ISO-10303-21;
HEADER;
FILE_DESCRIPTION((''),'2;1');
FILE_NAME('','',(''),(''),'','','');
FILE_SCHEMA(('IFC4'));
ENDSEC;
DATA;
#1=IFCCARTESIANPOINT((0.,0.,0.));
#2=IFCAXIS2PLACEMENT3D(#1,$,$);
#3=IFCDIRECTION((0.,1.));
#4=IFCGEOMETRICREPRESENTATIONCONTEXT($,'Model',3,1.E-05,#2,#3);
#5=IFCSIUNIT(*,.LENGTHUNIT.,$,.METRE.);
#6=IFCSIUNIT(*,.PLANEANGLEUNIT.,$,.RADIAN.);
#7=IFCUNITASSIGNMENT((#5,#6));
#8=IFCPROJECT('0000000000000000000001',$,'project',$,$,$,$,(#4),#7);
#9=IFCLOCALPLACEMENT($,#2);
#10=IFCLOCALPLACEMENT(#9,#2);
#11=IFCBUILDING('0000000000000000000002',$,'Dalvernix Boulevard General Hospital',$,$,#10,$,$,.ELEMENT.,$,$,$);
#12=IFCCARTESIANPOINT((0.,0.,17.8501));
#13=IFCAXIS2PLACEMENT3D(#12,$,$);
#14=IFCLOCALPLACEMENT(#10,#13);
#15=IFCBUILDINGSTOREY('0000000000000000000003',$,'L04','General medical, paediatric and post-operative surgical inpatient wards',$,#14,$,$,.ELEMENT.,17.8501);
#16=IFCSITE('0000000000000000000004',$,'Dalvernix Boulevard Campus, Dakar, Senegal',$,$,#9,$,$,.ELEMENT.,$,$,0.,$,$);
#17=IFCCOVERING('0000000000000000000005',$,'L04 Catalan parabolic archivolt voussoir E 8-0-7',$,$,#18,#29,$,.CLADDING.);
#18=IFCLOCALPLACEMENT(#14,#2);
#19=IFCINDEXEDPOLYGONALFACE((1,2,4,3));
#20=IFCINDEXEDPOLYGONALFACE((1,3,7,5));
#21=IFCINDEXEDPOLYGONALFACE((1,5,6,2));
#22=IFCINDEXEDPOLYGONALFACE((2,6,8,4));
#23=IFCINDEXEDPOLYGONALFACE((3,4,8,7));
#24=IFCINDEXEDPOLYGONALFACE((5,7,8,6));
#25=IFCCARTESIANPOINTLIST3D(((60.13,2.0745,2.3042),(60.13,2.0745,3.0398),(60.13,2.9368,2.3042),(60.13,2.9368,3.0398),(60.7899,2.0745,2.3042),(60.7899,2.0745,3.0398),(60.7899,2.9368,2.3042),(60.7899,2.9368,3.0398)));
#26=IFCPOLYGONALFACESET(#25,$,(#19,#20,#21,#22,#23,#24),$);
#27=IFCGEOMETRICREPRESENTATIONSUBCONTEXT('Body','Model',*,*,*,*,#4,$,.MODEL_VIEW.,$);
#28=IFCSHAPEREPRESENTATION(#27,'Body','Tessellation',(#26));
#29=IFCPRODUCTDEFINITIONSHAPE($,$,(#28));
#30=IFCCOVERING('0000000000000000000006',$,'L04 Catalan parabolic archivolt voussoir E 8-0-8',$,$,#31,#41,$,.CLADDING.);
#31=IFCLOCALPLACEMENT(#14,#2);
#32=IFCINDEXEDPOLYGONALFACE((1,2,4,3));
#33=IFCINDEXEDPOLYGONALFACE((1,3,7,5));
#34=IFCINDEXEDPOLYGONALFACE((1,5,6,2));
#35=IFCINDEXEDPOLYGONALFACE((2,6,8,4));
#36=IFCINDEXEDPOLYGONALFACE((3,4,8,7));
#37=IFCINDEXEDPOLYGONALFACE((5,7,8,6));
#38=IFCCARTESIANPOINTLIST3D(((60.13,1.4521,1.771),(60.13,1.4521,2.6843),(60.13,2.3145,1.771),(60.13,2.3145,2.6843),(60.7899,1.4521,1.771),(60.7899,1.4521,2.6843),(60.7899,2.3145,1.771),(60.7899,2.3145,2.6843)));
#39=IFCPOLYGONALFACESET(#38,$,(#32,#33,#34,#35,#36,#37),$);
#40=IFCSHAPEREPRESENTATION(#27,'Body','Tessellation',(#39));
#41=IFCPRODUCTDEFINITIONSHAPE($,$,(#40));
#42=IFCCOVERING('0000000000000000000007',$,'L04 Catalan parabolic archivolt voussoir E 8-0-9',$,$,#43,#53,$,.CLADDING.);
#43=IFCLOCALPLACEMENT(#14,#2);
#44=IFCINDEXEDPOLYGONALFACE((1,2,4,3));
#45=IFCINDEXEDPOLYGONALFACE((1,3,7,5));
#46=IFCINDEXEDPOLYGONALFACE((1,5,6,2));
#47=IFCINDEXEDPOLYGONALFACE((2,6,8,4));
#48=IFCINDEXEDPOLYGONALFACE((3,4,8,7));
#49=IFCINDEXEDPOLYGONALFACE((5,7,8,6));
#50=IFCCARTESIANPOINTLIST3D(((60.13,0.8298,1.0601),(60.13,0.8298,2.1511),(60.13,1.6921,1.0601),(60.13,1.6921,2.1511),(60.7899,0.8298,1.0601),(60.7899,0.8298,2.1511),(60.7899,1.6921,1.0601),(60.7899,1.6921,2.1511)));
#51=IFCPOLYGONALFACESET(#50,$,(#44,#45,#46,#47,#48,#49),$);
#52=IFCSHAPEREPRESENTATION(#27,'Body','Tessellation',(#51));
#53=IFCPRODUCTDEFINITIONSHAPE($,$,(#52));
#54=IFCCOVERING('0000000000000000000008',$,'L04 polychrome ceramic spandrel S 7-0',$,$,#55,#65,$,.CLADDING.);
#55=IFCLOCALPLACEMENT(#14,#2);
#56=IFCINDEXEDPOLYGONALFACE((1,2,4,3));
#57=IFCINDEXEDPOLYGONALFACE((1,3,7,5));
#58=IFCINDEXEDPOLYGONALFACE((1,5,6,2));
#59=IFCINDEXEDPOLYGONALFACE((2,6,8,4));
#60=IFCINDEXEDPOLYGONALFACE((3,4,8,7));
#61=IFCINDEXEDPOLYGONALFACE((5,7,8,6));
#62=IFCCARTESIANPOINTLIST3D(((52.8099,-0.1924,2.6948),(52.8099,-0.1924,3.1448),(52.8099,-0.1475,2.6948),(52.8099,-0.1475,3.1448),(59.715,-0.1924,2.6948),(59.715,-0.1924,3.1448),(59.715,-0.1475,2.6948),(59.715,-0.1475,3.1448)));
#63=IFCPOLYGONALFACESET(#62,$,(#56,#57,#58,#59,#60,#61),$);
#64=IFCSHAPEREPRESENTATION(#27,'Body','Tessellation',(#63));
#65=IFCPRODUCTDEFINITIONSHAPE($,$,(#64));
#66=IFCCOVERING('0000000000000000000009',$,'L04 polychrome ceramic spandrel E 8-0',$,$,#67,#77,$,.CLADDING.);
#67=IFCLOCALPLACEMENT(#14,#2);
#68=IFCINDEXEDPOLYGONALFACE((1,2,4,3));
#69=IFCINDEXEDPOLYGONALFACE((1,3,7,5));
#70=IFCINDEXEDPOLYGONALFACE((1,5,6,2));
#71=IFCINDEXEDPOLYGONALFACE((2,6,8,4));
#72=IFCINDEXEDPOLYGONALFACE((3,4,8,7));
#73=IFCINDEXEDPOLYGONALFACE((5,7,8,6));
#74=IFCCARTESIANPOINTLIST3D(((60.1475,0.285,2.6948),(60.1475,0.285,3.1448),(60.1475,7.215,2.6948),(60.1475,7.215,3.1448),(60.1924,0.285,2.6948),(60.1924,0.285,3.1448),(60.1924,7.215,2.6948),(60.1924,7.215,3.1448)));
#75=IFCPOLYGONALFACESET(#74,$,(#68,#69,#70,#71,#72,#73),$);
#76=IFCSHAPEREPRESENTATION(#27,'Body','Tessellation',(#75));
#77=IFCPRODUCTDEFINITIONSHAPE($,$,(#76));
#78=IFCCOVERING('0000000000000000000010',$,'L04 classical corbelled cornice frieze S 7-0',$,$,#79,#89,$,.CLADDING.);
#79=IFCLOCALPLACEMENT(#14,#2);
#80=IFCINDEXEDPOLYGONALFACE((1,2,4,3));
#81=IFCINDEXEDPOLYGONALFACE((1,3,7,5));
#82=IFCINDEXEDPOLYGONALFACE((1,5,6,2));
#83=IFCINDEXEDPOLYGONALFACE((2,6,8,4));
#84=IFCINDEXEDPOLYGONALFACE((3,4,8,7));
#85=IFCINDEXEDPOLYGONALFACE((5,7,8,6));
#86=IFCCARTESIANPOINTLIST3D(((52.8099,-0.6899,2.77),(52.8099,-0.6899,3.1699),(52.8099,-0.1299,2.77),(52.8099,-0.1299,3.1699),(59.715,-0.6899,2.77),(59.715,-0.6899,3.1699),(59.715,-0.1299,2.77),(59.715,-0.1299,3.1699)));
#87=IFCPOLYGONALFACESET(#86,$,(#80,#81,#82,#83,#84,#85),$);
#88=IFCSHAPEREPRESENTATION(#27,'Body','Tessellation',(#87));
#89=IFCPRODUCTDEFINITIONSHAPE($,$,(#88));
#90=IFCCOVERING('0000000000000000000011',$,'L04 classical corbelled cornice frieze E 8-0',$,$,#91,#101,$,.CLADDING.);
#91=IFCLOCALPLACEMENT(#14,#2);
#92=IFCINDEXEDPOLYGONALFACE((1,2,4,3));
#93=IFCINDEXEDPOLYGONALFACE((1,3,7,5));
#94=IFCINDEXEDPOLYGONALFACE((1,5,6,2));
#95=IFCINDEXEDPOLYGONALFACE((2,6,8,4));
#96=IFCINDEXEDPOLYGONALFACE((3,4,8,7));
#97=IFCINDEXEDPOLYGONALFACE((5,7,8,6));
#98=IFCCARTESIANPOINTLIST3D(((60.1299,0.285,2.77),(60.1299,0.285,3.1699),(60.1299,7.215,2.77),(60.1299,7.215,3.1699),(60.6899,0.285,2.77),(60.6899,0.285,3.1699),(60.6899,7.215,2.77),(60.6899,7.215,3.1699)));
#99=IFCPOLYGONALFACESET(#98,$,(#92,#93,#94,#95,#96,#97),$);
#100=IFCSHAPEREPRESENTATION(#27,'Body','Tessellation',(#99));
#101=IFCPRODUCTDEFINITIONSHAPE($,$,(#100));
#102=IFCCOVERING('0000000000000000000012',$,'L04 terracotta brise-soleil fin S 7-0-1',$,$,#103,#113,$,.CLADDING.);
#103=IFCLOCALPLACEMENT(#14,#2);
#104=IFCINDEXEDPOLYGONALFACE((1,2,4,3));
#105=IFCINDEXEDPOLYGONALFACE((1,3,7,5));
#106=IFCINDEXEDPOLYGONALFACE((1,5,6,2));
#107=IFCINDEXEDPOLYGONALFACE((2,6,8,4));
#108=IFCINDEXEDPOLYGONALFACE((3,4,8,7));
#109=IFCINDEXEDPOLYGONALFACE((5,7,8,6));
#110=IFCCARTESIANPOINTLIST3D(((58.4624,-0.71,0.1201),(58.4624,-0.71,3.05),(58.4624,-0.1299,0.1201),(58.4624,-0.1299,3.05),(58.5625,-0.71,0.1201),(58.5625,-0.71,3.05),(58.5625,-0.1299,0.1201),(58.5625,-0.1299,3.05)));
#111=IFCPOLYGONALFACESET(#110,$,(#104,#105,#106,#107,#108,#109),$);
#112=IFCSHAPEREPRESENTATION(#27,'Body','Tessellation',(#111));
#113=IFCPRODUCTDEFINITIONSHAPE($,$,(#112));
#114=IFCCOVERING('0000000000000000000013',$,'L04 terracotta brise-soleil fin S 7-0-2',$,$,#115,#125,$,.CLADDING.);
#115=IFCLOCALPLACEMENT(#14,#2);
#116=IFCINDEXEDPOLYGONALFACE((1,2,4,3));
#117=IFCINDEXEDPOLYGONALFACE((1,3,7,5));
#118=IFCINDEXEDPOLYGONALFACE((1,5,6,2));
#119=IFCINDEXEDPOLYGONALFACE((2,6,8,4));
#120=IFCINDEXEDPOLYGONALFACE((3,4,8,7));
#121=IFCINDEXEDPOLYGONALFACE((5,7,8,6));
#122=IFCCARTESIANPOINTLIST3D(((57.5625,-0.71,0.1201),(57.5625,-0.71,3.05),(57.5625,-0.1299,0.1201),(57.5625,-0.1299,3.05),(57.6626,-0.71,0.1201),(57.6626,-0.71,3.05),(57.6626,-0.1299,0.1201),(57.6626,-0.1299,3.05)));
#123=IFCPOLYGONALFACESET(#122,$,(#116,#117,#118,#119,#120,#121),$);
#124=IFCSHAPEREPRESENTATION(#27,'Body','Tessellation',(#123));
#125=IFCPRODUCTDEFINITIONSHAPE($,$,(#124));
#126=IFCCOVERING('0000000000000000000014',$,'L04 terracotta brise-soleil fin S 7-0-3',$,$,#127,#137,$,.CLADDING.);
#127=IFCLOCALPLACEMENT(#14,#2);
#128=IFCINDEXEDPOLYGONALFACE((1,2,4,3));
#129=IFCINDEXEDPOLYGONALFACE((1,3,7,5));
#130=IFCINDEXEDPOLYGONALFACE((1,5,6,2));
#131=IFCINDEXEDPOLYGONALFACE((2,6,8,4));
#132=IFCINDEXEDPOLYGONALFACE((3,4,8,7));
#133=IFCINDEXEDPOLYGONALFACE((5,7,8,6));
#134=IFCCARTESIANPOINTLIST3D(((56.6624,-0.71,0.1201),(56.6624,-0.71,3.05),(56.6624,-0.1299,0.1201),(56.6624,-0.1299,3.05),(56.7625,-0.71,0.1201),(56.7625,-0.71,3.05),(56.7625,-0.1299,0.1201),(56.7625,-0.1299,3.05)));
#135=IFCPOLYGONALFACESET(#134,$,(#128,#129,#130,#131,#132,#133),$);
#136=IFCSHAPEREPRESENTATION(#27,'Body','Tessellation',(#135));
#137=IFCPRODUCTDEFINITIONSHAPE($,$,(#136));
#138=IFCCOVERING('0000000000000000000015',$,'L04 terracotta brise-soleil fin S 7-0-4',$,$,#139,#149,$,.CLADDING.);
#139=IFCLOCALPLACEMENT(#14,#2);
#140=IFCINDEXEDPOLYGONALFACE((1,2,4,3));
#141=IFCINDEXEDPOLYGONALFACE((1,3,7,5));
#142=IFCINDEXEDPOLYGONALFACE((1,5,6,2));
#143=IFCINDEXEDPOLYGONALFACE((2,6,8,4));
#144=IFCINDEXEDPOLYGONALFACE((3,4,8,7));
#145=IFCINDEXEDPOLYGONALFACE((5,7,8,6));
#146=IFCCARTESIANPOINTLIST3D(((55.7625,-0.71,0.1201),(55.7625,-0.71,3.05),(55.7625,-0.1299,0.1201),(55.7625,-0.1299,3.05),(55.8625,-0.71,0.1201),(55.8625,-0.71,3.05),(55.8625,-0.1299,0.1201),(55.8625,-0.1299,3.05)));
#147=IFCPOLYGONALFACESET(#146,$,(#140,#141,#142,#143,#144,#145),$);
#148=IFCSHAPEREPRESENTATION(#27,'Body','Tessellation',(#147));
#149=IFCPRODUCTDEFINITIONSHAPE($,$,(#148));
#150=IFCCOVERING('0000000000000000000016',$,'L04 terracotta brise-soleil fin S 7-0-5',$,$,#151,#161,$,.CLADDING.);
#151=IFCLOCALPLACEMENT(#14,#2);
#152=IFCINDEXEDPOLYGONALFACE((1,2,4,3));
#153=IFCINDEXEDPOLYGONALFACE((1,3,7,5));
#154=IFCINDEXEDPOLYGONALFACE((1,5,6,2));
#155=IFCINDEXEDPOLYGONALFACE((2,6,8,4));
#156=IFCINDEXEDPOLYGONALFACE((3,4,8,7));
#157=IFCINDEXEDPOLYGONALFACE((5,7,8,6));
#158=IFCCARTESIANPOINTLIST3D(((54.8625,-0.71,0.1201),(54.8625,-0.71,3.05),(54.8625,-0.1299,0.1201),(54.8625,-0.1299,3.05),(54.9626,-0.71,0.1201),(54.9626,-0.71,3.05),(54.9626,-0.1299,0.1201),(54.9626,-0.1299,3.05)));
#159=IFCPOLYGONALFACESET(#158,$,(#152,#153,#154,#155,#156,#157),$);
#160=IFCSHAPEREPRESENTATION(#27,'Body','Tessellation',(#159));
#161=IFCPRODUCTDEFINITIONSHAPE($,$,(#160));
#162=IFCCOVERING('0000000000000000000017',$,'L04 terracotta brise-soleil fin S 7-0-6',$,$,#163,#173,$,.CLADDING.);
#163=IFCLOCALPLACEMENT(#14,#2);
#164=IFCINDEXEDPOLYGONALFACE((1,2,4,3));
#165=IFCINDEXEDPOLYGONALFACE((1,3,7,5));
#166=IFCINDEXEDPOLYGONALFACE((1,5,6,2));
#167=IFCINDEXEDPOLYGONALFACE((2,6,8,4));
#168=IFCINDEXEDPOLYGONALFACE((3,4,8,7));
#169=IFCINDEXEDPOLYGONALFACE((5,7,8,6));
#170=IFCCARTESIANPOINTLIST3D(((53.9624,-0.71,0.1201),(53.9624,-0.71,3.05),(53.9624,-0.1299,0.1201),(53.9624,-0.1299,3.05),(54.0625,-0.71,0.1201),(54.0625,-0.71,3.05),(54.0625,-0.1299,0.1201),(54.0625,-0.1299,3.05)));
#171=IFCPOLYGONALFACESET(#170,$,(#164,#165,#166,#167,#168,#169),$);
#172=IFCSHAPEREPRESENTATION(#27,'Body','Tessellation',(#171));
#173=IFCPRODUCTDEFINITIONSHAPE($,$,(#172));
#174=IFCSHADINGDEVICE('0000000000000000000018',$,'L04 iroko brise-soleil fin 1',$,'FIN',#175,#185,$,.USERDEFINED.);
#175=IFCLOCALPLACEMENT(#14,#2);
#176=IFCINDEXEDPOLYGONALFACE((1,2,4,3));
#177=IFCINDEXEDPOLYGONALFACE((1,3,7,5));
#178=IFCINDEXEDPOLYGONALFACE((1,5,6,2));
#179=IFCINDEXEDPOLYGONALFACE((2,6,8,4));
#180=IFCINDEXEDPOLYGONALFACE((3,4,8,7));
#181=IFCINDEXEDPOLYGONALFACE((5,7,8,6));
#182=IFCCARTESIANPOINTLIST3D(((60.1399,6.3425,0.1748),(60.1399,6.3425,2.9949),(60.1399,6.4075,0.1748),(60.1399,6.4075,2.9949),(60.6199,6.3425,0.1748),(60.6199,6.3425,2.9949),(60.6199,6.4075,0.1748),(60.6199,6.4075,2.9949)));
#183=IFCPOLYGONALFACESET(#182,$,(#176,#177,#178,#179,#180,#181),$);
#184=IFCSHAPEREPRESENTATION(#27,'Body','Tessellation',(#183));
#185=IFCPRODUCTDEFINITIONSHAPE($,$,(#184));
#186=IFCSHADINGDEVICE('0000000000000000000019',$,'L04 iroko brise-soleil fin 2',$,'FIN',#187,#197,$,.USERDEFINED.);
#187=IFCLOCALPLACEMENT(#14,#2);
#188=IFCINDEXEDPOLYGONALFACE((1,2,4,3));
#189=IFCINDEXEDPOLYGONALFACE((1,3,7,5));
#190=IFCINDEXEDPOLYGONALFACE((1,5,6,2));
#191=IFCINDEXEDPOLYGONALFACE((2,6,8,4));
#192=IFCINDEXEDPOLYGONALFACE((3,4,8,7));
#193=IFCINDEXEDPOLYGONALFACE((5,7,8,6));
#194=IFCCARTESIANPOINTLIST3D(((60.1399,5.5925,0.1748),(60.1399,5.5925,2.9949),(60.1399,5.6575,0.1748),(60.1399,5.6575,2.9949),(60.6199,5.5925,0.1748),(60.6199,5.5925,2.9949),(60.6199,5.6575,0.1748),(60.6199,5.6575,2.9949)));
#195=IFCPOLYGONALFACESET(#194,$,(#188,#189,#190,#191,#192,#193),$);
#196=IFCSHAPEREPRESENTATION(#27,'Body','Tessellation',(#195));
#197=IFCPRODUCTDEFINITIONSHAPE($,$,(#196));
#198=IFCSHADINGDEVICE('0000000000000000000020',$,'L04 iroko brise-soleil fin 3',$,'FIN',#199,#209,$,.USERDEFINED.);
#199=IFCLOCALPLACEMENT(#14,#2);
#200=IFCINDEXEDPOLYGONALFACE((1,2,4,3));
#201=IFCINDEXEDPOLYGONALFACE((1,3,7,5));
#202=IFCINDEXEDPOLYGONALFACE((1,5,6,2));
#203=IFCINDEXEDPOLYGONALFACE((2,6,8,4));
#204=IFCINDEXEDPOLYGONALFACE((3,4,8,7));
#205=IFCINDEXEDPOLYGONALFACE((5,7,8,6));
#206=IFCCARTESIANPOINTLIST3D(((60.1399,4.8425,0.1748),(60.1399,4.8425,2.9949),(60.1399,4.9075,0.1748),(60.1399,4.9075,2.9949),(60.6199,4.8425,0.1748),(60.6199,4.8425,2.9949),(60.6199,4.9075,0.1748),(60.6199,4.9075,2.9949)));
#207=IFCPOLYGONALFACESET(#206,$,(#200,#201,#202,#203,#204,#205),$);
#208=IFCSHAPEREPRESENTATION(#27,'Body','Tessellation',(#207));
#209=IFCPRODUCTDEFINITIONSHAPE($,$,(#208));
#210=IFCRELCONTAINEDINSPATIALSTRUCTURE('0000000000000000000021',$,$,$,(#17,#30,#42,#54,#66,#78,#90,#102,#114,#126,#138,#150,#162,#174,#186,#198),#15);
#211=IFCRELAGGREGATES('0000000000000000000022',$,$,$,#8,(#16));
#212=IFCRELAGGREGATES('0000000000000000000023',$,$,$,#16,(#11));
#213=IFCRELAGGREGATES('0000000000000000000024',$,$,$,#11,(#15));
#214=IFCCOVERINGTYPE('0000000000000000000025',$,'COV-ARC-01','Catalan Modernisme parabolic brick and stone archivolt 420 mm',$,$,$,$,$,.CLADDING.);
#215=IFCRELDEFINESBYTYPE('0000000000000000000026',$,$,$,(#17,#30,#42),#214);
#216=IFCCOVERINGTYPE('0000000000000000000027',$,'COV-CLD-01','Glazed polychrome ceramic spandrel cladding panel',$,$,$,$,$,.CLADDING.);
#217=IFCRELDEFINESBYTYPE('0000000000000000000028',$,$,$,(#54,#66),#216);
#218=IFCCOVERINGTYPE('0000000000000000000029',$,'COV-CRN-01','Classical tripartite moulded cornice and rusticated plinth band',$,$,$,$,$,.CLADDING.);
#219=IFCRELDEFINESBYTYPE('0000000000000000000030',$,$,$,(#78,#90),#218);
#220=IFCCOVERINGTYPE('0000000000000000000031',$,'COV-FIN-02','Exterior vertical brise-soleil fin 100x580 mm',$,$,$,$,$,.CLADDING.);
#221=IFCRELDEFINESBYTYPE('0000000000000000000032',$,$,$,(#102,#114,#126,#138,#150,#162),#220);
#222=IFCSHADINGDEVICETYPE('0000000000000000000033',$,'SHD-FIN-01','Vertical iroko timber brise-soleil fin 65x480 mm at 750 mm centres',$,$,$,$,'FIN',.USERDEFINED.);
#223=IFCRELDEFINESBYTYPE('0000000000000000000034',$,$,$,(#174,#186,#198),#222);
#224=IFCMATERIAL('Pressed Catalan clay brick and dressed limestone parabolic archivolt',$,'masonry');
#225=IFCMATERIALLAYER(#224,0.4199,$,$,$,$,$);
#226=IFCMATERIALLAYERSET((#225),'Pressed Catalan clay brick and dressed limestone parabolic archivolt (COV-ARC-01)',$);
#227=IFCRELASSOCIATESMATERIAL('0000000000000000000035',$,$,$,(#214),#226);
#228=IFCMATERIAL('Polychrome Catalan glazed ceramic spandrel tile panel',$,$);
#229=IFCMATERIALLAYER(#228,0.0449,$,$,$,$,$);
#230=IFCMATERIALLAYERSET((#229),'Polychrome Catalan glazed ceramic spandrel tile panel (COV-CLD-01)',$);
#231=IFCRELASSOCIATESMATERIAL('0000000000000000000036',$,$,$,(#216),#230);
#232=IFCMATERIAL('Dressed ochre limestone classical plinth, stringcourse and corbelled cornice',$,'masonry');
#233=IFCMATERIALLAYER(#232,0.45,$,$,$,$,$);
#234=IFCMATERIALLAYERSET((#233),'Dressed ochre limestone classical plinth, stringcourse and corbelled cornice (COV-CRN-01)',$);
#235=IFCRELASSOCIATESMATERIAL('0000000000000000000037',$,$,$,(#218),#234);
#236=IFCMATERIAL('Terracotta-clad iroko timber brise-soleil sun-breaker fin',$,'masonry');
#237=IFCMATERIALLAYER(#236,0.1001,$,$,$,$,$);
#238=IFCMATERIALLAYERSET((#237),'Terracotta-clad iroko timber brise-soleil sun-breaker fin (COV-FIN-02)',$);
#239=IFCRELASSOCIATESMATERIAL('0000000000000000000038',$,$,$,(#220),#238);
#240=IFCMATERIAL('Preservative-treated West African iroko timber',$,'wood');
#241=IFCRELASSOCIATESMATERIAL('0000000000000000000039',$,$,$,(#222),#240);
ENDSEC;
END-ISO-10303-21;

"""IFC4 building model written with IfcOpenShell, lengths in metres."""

from ifc_helpers import new_model, si_unit, direction, frame, origin, origin_2d, place, context, subcontext, project, spatial, rectangle, extrude, material, layer, layer_set, type_object, element, save


model = new_model("IFC4")

# Units and contexts
model_context = context("Model", 3, precision=1e-05, world=origin(), true_north=direction((0.0, 1.0)))
body_context = subcontext(model_context, "Body", "Model", "MODEL_VIEW")
ifc_project = project(units=[si_unit("LENGTHUNIT", "METRE"), si_unit("PLANEANGLEUNIT", "RADIAN")], contexts=[model_context])

# Site, building, storey
site_placement = place(None, origin())
site = spatial("IfcSite", under=ifc_project, at=site_placement, Name="Dalvernix Boulevard Campus, Dakar, Senegal", CompositionType="ELEMENT", RefElevation=0.0)
building_placement = place(site_placement, origin())
building = spatial("IfcBuilding", under=site, at=building_placement, Name="Dalvernix Boulevard General Hospital", CompositionType="ELEMENT")
storey_placement = place(building_placement, frame((0.0, 0.0, 17.8501)))
storey = spatial("IfcBuildingStorey", under=building, at=storey_placement, Name="L04", Description="General medical, paediatric and post-operative surgical inpatient wards", CompositionType="ELEMENT", Elevation=17.8501)

# Coverings
ifc_material_1 = material(Name="Pressed Catalan clay brick and dressed limestone parabolic archivolt", Category="masonry")
ifc_layer_1 = layer(ifc_material_1, 0.4199)
ifc_layer_set_1 = layer_set([ifc_layer_1], Name="Pressed Catalan clay brick and dressed limestone parabolic archivolt (COV-ARC-01)")
covering_type_1 = type_object("IfcCoveringType", Name="COV-ARC-01", Description="Catalan Modernisme parabolic brick and stone archivolt 420 mm", PredefinedType="CLADDING", material=ifc_layer_set_1)
covering_1_placement = place(storey_placement, frame((60.46, 2.5056, 2.3042), z_axis=(0.0, 0.0, 1.0), x_axis=(0.0, -1.0, 0.0)))
element("IfcCovering", 1, at=covering_1_placement, inside=storey, type_object=covering_type_1, Name="L04 Catalan parabolic archivolt voussoir E 8-0-7", PredefinedType="CLADDING", context=body_context, shape_type="SweptSolid", body=[
    extrude(rectangle(XDim=0.8623, YDim=0.6599, at=origin_2d()), origin(), (0.0, 0.0, 1.0), 0.7356),
])
covering_2_placement = place(storey_placement, frame((60.46, 1.8833, 1.771), z_axis=(0.0, 0.0, 1.0), x_axis=(0.0, -1.0, 0.0)))
element("IfcCovering", 2, at=covering_2_placement, inside=storey, type_object=covering_type_1, Name="L04 Catalan parabolic archivolt voussoir E 8-0-8", PredefinedType="CLADDING", context=body_context, shape_type="SweptSolid", body=[
    extrude(rectangle(XDim=0.8623, YDim=0.6599, at=origin_2d()), origin(), (0.0, 0.0, 1.0), 0.9133),
])
covering_3_placement = place(storey_placement, frame((60.46, 1.261, 1.0601), z_axis=(0.0, 0.0, 1.0), x_axis=(0.0, -1.0, 0.0)))
element("IfcCovering", 3, at=covering_3_placement, inside=storey, type_object=covering_type_1, Name="L04 Catalan parabolic archivolt voussoir E 8-0-9", PredefinedType="CLADDING", context=body_context, shape_type="SweptSolid", body=[
    extrude(rectangle(XDim=0.8623, YDim=0.6599, at=origin_2d()), origin(), (0.0, 0.0, 1.0), 1.0911),
])
ifc_material_2 = material(Name="Polychrome Catalan glazed ceramic spandrel tile panel")
ifc_layer_2 = layer(ifc_material_2, 0.0449)
ifc_layer_set_2 = layer_set([ifc_layer_2], Name="Polychrome Catalan glazed ceramic spandrel tile panel (COV-CLD-01)")
covering_type_2 = type_object("IfcCoveringType", Name="COV-CLD-01", Description="Glazed polychrome ceramic spandrel cladding panel", PredefinedType="CLADDING", material=ifc_layer_set_2)
covering_4_placement = place(storey_placement, frame((56.2625, -0.1699, 2.6948), z_axis=(0.0, 0.0, 1.0), x_axis=(-1.0, 0.0, 0.0)))
element("IfcCovering", 4, at=covering_4_placement, inside=storey, type_object=covering_type_2, Name="L04 polychrome ceramic spandrel S 7-0", PredefinedType="CLADDING", context=body_context, shape_type="SweptSolid", body=[
    extrude(rectangle(XDim=6.905, YDim=0.0449, at=origin_2d()), origin(), (0.0, 0.0, 1.0), 0.45),
])
covering_5_placement = place(storey_placement, frame((60.1699, 3.75, 2.6948), z_axis=(0.0, 0.0, 1.0), x_axis=(0.0, -1.0, 0.0)))
element("IfcCovering", 5, at=covering_5_placement, inside=storey, type_object=covering_type_2, Name="L04 polychrome ceramic spandrel E 8-0", PredefinedType="CLADDING", context=body_context, shape_type="SweptSolid", body=[
    extrude(rectangle(XDim=6.9299, YDim=0.0449, at=origin_2d()), origin(), (0.0, 0.0, 1.0), 0.45),
])
ifc_material_3 = material(Name="Dressed ochre limestone classical plinth, stringcourse and corbelled cornice", Category="masonry")
ifc_layer_3 = layer(ifc_material_3, 0.45)
ifc_layer_set_3 = layer_set([ifc_layer_3], Name="Dressed ochre limestone classical plinth, stringcourse and corbelled cornice (COV-CRN-01)")
covering_type_3 = type_object("IfcCoveringType", Name="COV-CRN-01", Description="Classical tripartite moulded cornice and rusticated plinth band", PredefinedType="CLADDING", material=ifc_layer_set_3)
covering_6_placement = place(storey_placement, frame((56.2625, -0.4099, 2.77), z_axis=(0.0, 0.0, 1.0), x_axis=(-1.0, 0.0, 0.0)))
element("IfcCovering", 6, at=covering_6_placement, inside=storey, type_object=covering_type_3, Name="L04 classical corbelled cornice frieze S 7-0", PredefinedType="CLADDING", context=body_context, shape_type="SweptSolid", body=[
    extrude(rectangle(XDim=6.905, YDim=0.5601, at=origin_2d()), origin(), (0.0, 0.0, 1.0), 0.3999),
])
covering_7_placement = place(storey_placement, frame((60.4099, 3.75, 2.77), z_axis=(0.0, 0.0, 1.0), x_axis=(0.0, -1.0, 0.0)))
element("IfcCovering", 7, at=covering_7_placement, inside=storey, type_object=covering_type_3, Name="L04 classical corbelled cornice frieze E 8-0", PredefinedType="CLADDING", context=body_context, shape_type="SweptSolid", body=[
    extrude(rectangle(XDim=6.9299, YDim=0.5601, at=origin_2d()), origin(), (0.0, 0.0, 1.0), 0.3999),
])
ifc_material_4 = material(Name="Terracotta-clad iroko timber brise-soleil sun-breaker fin", Category="masonry")
ifc_layer_4 = layer(ifc_material_4, 0.1001)
ifc_layer_set_4 = layer_set([ifc_layer_4], Name="Terracotta-clad iroko timber brise-soleil sun-breaker fin (COV-FIN-02)")
covering_type_4 = type_object("IfcCoveringType", Name="COV-FIN-02", Description="Exterior vertical brise-soleil fin 100x580 mm", PredefinedType="CLADDING", material=ifc_layer_set_4)
for number, where, z_axis, x_axis, name in (
    (8, (58.5125, -0.4199, 0.1201), (0.0, 0.0, 1.0), (-1.0, 0.0, 0.0), "L04 terracotta brise-soleil fin S 7-0-1"),
    (9, (57.6125, -0.4199, 0.1201), (0.0, 0.0, 1.0), (-1.0, 0.0, 0.0), "L04 terracotta brise-soleil fin S 7-0-2"),
    (10, (56.7124, -0.4199, 0.1201), (0.0, 0.0, 1.0), (-1.0, 0.0, 0.0), "L04 terracotta brise-soleil fin S 7-0-3"),
    (11, (55.8125, -0.4199, 0.1201), (0.0, 0.0, 1.0), (-1.0, 0.0, 0.0), "L04 terracotta brise-soleil fin S 7-0-4"),
    (12, (54.9126, -0.4199, 0.1201), (0.0, 0.0, 1.0), (-1.0, 0.0, 0.0), "L04 terracotta brise-soleil fin S 7-0-5"),
    (13, (54.0125, -0.4199, 0.1201), (0.0, 0.0, 1.0), (-1.0, 0.0, 0.0), "L04 terracotta brise-soleil fin S 7-0-6"),
):
    element("IfcCovering", number, at=place(storey_placement, frame(where, z_axis=z_axis, x_axis=x_axis)), inside=storey, type_object=covering_type_4, Name=name, PredefinedType="CLADDING", context=body_context, shape_type="SweptSolid", body=[
        extrude(rectangle(XDim=0.1001, YDim=0.5801, at=origin_2d()), origin(), (0.0, 0.0, 1.0), 2.9299),
    ])

# Shading devices
ifc_material_5 = material(Name="Preservative-treated West African iroko timber", Category="wood")
shading_device_type = type_object("IfcShadingDeviceType", Name="SHD-FIN-01", Description="Vertical iroko timber brise-soleil fin 65x480 mm at 750 mm centres", ElementType="FIN", PredefinedType="USERDEFINED", material=ifc_material_5)
for number, where, z_axis, x_axis, name in (
    (14, (60.3799, 6.375, 0.1748), (0.0, 0.0, 1.0), (0.0, -1.0, 0.0), "L04 iroko brise-soleil fin 1"),
    (15, (60.3799, 5.625, 0.1748), (0.0, 0.0, 1.0), (0.0, -1.0, 0.0), "L04 iroko brise-soleil fin 2"),
    (16, (60.3799, 4.875, 0.1748), (0.0, 0.0, 1.0), (0.0, -1.0, 0.0), "L04 iroko brise-soleil fin 3"),
):
    element("IfcShadingDevice", number, at=place(storey_placement, frame(where, z_axis=z_axis, x_axis=x_axis)), inside=storey, type_object=shading_device_type, Name=name, ObjectType="FIN", PredefinedType="USERDEFINED", context=body_context, shape_type="SweptSolid", body=[
        extrude(rectangle(XDim=0.0649, YDim=0.48, at=origin_2d()), origin(), (0.0, 0.0, 1.0), 2.8201),
    ])

save(model, "model.ifc")
